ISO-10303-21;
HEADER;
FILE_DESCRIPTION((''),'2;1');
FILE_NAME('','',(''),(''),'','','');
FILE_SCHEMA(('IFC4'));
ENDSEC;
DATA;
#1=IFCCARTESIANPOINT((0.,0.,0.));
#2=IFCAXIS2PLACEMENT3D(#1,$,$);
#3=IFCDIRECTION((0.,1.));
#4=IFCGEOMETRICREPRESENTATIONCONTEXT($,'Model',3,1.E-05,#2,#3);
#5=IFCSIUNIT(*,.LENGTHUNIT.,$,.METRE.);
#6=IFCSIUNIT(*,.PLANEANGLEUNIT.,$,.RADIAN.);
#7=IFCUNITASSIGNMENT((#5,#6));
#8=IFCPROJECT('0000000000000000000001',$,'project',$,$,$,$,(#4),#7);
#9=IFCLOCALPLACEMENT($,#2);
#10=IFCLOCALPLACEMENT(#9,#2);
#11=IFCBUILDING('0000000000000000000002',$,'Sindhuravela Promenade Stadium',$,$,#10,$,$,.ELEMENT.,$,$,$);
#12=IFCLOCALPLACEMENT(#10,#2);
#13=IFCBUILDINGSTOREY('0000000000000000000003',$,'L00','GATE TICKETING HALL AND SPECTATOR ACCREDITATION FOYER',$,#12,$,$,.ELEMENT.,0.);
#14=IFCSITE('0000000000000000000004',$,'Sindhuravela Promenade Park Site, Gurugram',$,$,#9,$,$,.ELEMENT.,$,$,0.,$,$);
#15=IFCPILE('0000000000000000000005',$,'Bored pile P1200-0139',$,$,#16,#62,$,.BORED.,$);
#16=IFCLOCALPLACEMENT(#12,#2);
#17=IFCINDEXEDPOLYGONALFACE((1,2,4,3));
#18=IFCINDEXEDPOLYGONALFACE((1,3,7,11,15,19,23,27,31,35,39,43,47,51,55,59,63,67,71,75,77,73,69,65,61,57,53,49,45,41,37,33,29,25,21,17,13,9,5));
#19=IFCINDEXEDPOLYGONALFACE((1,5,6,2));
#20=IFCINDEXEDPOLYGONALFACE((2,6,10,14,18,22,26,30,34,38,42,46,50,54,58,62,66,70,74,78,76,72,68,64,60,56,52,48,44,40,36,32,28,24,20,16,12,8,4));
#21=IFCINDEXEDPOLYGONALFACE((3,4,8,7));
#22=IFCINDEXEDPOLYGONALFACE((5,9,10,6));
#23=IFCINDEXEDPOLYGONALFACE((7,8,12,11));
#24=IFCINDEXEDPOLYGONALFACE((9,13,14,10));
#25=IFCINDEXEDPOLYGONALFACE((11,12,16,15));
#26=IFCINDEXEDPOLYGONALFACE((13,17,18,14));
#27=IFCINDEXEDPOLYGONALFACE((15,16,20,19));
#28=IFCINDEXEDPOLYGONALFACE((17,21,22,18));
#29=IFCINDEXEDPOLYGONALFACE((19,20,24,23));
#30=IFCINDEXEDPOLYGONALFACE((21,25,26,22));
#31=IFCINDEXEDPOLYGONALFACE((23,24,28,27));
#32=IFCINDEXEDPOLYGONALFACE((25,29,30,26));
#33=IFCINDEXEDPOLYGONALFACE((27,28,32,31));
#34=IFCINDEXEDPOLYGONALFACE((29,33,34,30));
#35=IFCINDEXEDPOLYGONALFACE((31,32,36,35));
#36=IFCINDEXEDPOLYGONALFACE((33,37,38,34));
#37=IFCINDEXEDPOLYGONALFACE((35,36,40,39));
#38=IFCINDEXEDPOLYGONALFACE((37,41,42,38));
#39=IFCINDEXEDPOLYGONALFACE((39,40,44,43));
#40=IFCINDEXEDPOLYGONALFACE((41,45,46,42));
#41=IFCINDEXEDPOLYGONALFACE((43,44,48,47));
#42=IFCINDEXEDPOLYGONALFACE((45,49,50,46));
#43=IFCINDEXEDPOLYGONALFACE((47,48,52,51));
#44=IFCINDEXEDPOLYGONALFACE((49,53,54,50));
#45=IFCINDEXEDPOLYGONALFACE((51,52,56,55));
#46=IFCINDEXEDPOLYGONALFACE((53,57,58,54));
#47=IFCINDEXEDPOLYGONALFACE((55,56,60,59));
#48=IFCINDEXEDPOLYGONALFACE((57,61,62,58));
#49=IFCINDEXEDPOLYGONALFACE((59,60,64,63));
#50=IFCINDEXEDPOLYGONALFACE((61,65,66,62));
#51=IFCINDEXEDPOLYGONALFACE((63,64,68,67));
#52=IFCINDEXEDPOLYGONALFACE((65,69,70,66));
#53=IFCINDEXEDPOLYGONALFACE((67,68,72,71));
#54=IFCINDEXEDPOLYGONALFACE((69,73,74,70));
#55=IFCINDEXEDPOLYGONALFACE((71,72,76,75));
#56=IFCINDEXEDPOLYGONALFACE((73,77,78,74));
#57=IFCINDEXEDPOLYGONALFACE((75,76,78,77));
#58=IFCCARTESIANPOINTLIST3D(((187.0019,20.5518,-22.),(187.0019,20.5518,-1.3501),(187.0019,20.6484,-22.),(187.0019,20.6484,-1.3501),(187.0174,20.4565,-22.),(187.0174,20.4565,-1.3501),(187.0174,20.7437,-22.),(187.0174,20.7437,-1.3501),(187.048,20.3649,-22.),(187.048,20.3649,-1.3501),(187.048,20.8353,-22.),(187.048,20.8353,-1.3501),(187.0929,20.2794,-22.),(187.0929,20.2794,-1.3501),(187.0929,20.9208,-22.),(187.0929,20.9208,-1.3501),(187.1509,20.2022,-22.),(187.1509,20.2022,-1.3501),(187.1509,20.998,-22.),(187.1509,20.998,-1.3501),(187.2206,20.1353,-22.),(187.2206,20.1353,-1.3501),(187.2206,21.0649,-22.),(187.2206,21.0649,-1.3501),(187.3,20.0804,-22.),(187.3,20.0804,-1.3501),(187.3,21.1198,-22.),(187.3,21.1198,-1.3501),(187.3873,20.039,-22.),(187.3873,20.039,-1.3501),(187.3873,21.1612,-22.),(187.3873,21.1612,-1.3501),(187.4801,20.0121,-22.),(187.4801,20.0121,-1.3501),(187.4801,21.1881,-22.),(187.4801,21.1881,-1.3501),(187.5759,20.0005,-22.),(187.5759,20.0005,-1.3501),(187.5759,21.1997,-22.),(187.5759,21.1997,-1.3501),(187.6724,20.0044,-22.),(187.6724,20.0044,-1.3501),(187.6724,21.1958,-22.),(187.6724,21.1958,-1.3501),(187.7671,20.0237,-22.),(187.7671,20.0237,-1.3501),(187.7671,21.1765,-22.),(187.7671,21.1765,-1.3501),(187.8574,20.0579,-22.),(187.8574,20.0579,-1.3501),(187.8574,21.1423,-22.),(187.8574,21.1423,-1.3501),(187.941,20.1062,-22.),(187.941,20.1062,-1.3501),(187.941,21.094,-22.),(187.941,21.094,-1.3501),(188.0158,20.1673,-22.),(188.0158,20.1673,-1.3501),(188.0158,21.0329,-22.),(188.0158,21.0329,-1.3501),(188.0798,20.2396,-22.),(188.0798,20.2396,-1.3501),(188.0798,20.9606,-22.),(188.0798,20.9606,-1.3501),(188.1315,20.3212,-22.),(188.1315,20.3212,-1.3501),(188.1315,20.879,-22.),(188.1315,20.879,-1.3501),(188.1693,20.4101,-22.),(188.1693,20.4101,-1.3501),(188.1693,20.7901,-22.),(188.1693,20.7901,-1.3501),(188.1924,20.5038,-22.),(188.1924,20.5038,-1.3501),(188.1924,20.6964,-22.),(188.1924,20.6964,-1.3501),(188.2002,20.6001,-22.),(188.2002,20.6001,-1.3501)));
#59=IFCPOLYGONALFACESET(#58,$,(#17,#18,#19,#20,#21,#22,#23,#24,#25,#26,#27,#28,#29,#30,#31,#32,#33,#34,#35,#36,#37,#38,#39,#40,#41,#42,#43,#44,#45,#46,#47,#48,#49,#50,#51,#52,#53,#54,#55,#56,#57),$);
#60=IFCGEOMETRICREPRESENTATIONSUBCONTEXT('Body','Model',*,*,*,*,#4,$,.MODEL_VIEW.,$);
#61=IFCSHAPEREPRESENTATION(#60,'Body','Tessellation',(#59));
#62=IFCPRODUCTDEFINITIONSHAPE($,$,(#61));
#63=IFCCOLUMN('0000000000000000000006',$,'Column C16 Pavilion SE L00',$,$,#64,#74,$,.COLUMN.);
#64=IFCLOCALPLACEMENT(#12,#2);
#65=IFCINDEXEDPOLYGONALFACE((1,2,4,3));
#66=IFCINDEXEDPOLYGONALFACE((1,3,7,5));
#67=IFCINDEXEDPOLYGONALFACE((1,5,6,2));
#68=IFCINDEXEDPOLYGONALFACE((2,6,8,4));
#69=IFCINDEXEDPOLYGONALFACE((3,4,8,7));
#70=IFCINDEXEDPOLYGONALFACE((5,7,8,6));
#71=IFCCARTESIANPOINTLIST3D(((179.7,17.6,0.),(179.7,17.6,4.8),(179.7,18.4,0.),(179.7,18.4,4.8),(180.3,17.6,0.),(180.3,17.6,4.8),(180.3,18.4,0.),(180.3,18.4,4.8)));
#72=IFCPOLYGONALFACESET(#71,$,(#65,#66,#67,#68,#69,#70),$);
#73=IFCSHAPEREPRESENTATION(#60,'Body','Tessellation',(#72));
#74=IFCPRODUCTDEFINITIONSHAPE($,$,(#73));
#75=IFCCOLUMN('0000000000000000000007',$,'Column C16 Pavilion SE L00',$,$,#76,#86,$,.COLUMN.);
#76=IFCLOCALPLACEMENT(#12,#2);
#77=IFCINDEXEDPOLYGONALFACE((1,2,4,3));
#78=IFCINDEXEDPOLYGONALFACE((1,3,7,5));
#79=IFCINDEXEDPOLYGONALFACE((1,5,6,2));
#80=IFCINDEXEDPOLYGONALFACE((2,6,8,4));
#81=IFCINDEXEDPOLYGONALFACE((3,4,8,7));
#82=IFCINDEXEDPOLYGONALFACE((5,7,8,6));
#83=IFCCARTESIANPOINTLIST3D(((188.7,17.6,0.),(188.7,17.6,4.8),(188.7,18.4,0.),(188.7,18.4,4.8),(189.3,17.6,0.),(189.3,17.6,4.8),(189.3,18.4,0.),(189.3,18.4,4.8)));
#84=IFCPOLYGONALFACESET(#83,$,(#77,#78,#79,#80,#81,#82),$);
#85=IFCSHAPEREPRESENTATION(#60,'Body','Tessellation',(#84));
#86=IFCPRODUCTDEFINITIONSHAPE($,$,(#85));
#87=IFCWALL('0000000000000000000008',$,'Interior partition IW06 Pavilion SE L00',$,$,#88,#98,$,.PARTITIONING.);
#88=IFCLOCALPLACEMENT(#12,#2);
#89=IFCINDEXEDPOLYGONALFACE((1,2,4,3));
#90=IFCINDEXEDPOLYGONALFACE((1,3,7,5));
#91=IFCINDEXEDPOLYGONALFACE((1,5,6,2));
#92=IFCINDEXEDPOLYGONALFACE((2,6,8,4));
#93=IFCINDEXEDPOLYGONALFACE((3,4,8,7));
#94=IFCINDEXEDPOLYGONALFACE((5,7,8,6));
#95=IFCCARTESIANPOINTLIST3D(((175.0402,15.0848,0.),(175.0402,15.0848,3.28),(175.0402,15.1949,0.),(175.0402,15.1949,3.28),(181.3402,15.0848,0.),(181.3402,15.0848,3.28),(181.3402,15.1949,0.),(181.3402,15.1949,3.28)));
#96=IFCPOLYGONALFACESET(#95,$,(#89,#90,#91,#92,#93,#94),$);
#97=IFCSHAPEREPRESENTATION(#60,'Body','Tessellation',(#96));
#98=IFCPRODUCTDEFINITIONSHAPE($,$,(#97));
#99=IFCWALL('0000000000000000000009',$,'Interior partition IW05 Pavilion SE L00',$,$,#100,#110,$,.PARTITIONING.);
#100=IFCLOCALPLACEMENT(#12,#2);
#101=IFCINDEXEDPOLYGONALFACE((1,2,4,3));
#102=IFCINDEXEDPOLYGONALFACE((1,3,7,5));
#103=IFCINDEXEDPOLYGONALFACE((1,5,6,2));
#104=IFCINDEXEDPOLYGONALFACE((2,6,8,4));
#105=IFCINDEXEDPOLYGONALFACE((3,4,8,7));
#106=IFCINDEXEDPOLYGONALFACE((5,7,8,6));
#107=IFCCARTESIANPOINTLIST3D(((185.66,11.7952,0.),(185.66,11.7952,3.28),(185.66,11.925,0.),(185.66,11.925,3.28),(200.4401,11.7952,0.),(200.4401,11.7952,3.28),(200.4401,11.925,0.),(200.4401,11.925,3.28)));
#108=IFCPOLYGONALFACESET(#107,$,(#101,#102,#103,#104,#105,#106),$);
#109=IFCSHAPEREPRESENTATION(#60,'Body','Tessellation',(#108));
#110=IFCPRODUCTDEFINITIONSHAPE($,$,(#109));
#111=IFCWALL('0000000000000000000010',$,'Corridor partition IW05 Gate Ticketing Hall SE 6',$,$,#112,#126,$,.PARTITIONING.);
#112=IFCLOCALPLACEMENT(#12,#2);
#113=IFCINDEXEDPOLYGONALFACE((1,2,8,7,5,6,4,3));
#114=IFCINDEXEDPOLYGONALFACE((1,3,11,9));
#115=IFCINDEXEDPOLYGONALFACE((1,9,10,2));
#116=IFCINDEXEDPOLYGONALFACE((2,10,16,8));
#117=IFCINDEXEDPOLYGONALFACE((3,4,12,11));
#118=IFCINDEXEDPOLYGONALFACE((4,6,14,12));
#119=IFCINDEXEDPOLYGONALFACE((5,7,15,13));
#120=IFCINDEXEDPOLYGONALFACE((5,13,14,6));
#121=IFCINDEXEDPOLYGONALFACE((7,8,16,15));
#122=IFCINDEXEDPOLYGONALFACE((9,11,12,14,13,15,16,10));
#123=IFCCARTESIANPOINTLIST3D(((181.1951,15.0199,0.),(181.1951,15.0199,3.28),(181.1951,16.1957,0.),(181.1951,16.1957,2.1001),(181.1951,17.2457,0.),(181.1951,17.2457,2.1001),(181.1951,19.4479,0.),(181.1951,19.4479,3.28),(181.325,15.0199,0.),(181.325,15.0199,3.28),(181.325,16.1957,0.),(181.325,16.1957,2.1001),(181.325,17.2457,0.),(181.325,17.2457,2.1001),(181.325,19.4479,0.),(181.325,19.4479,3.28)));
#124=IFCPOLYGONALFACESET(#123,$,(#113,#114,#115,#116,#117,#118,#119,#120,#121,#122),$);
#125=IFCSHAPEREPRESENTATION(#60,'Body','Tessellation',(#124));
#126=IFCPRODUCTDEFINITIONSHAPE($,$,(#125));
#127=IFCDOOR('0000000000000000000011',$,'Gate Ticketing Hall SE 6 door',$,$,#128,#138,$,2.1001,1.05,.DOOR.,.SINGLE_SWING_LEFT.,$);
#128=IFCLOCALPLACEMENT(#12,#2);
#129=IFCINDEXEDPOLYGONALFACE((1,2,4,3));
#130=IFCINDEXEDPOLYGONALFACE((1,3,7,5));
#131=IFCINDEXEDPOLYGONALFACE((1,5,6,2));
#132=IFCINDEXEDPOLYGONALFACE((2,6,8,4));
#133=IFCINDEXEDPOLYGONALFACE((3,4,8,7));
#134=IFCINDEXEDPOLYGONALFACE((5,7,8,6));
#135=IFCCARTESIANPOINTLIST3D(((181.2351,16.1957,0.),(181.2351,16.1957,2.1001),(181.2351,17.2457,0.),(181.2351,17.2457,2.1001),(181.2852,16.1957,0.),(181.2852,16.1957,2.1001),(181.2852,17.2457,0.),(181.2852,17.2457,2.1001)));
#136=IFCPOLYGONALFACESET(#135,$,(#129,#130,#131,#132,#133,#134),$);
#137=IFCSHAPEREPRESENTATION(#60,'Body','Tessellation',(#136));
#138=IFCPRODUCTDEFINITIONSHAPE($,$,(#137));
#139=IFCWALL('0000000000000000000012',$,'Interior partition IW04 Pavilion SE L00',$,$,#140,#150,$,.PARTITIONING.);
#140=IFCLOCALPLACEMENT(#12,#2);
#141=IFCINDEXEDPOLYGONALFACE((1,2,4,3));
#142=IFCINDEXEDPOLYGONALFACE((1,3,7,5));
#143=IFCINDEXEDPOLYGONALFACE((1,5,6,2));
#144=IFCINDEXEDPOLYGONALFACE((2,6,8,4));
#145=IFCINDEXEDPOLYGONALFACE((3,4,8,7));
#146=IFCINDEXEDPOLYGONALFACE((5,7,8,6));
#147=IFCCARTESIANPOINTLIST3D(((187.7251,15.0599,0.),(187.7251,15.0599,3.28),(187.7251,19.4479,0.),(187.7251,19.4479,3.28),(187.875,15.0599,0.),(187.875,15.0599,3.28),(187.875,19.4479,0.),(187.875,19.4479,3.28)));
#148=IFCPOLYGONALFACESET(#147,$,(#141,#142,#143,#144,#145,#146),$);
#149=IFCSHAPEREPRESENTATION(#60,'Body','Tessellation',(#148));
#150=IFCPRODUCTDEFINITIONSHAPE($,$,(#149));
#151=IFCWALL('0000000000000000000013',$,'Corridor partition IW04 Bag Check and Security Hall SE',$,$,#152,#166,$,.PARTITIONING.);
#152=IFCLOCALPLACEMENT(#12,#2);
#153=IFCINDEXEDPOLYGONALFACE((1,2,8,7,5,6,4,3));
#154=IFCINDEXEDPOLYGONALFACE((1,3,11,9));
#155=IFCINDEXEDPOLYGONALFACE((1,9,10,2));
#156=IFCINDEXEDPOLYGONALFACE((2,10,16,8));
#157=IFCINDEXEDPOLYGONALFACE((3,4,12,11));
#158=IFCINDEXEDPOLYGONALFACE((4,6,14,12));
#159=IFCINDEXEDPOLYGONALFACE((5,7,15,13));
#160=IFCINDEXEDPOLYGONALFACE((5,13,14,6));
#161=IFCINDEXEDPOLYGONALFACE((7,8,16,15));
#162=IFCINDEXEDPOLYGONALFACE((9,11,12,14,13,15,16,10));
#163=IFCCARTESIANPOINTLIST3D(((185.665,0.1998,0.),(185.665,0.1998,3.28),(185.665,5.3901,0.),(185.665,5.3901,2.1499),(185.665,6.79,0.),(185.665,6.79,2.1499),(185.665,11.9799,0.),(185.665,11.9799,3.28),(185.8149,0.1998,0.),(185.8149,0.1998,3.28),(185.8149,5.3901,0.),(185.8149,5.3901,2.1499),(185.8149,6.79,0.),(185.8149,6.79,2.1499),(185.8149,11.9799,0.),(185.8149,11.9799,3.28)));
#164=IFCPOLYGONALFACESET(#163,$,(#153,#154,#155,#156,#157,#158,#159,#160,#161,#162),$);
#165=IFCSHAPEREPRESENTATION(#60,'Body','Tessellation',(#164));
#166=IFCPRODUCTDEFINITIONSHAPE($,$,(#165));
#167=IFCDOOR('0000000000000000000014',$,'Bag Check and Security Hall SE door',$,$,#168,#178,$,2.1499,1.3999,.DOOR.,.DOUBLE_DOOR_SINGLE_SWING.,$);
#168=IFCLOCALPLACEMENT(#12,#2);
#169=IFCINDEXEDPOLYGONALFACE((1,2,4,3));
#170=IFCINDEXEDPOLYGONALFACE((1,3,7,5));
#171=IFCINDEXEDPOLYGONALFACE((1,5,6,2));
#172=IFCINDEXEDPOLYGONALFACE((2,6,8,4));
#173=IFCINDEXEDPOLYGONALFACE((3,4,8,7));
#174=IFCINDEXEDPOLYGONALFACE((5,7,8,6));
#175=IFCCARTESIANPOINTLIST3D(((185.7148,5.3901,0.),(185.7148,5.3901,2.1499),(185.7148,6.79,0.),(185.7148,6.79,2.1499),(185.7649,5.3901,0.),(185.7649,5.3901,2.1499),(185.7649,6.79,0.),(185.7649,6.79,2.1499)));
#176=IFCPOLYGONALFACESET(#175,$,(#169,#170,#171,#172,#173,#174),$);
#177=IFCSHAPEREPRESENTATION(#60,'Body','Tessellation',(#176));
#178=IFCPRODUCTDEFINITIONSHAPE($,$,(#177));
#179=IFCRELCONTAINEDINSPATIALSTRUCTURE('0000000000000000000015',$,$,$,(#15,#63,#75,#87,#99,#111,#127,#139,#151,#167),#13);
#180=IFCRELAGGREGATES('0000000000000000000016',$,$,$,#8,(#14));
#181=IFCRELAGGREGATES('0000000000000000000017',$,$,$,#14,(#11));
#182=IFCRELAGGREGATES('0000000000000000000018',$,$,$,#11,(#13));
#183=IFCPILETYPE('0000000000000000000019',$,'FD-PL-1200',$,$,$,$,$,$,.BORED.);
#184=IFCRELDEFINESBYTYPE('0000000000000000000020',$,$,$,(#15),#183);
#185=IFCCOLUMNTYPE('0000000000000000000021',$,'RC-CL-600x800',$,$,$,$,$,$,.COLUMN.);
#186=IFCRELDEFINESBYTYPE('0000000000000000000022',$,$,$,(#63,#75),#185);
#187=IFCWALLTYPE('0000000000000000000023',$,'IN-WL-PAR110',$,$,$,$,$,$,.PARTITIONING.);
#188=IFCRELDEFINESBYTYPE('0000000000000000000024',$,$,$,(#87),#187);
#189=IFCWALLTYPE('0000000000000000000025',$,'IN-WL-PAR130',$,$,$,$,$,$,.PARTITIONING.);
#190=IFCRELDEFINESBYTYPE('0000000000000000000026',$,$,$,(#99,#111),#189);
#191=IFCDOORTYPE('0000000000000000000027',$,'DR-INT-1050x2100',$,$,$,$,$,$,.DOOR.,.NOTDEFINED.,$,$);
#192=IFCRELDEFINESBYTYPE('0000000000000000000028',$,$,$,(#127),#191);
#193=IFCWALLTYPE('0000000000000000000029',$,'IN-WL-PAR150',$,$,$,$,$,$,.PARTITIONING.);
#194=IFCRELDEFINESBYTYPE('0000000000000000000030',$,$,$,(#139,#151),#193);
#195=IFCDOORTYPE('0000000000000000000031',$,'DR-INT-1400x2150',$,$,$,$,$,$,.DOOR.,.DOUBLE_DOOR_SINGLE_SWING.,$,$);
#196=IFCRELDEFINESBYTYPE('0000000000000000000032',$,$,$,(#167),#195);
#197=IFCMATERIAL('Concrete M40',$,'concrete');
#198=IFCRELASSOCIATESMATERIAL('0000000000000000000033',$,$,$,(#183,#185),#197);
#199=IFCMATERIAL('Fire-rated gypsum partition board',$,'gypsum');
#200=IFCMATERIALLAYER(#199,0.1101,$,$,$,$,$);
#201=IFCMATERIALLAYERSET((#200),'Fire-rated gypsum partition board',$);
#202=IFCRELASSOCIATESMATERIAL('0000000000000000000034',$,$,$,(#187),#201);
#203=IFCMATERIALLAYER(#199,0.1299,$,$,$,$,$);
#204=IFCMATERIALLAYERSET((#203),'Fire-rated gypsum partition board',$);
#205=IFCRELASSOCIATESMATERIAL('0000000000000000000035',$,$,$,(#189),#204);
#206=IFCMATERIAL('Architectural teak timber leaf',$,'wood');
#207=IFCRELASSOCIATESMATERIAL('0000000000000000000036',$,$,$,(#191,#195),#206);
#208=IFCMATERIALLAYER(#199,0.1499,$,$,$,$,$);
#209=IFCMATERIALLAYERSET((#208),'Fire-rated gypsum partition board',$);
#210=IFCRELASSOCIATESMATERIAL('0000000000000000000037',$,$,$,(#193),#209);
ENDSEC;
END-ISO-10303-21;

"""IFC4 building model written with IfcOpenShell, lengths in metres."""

from ifc_helpers import new_model, si_unit, direction, frame, frame_2d, origin, origin_2d, place, context, subcontext, project, spatial, rectangle, circle, extrude, material, layer, layer_set, material_profile, profile_set, type_object, element, fill, save


model = new_model("IFC4")

# Units and contexts
model_context = context("Model", 3, precision=1e-05, world=origin(), true_north=direction((0.0, 1.0)))
body_context = subcontext(model_context, "Body", "Model", "MODEL_VIEW")
ifc_project = project(units=[si_unit("LENGTHUNIT", "METRE"), si_unit("PLANEANGLEUNIT", "RADIAN")], contexts=[model_context])

# Site, building, storey
site_placement = place(None, origin())
site = spatial("IfcSite", under=ifc_project, at=site_placement, Name="Sindhuravela Promenade Park Site, Gurugram", CompositionType="ELEMENT", RefElevation=0.0)
building_placement = place(site_placement, origin())
building = spatial("IfcBuilding", under=site, at=building_placement, Name="Sindhuravela Promenade Stadium", CompositionType="ELEMENT")
storey_placement = place(building_placement, origin())
storey = spatial("IfcBuildingStorey", under=building, at=storey_placement, Name="L00", Description="GATE TICKETING HALL AND SPECTATOR ACCREDITATION FOYER", CompositionType="ELEMENT", Elevation=0.0)

# Pile
ifc_material_1 = material(Name="Concrete M40", Category="concrete")
ifc_material_profile_1 = material_profile(ifc_material_1, circle(Radius=0.6001, at=origin_2d()), Name="BORED PILE D1200")
ifc_profile_set_1 = profile_set([ifc_material_profile_1], Name="Concrete M40")
pile_type = type_object("IfcPileType", Name="FD-PL-1200", PredefinedType="BORED", material=ifc_profile_set_1)
for number, where, z_axis, x_axis, name in (
    (1, (187.6001, 20.6001, -1.3501), (0.0, 0.0, -1.0), (1.0, 0.0, 0.0), "Bored pile P1200-0139"),
):
    element("IfcPile", number, at=place(storey_placement, frame(where, z_axis=z_axis, x_axis=x_axis)), inside=storey, type_object=pile_type, Name=name, PredefinedType="BORED", context=body_context, shape_type="SweptSolid", body=[
        extrude(circle(Radius=0.6001, at=origin_2d()), origin(), (0.0, 0.0, 1.0), 20.6499),
    ])

# Columns
ifc_material_profile_2 = material_profile(ifc_material_1, rectangle(XDim=0.6001, YDim=0.8, at=origin_2d()), Name="RC 600x800")
ifc_profile_set_2 = profile_set([ifc_material_profile_2], Name="Concrete M40")
column_type = type_object("IfcColumnType", Name="RC-CL-600x800", PredefinedType="COLUMN", material=ifc_profile_set_2)
for number, where, z_axis, x_axis, name in (
    (2, (180.0, 18.0, 0.0), (0.0, 0.0, 1.0), (1.0, 0.0, 0.0), "Column C16 Pavilion SE L00"),
    (3, (189.0, 18.0, 0.0), (0.0, 0.0, 1.0), (1.0, 0.0, 0.0), "Column C16 Pavilion SE L00"),
):
    element("IfcColumn", number, at=place(storey_placement, frame(where, z_axis=z_axis, x_axis=x_axis)), inside=storey, type_object=column_type, Name=name, PredefinedType="COLUMN", context=body_context, shape_type="SweptSolid", body=[
        extrude(rectangle(XDim=0.6001, YDim=0.8, at=origin_2d()), origin(), (0.0, 0.0, 1.0), 4.8),
    ])

# Walls
ifc_material_2 = material(Name="Fire-rated gypsum partition board", Category="gypsum")
ifc_layer_1 = layer(ifc_material_2, 0.1101)
ifc_layer_set_1 = layer_set([ifc_layer_1], Name="Fire-rated gypsum partition board")
wall_type_1 = type_object("IfcWallType", Name="IN-WL-PAR110", PredefinedType="PARTITIONING", material=ifc_layer_set_1)
wall_1_placement = place(storey_placement, frame((181.3401, 15.1399, 0.0), z_axis=(0.0, 0.0, 1.0), x_axis=(-1.0, 0.0, 0.0)))
element("IfcWall", 4, at=wall_1_placement, inside=storey, type_object=wall_type_1, Name="Interior partition IW06 Pavilion SE L00", PredefinedType="PARTITIONING", context=body_context, shape_type="SweptSolid", body=[
    extrude(rectangle(XDim=6.3, YDim=0.1101, at=frame_2d((3.1499, 0.0))), origin(), (0.0, 0.0, 1.0), 3.28),
])
ifc_layer_2 = layer(ifc_material_2, 0.1299)
ifc_layer_set_2 = layer_set([ifc_layer_2], Name="Fire-rated gypsum partition board")
wall_type_2 = type_object("IfcWallType", Name="IN-WL-PAR130", PredefinedType="PARTITIONING", material=ifc_layer_set_2)
wall_2_placement = place(storey_placement, frame((185.6599, 11.8601, 0.0), z_axis=(0.0, 0.0, 1.0), x_axis=(1.0, 0.0, 0.0)))
element("IfcWall", 5, at=wall_2_placement, inside=storey, type_object=wall_type_2, Name="Interior partition IW05 Pavilion SE L00", PredefinedType="PARTITIONING", context=body_context, shape_type="SweptSolid", body=[
    extrude(rectangle(XDim=14.78, YDim=0.1299, at=frame_2d((7.3901, 0.0))), origin(), (0.0, 0.0, 1.0), 3.28),
])

# Wall, opening, door
wall_3_placement = place(storey_placement, frame((181.26, 15.02, 0.0), z_axis=(0.0, 0.0, 1.0), x_axis=(0.0, 1.0, 0.0)))
wall_3 = element("IfcWall", 6, at=wall_3_placement, inside=storey, type_object=wall_type_2, Name="Corridor partition IW05 Gate Ticketing Hall SE 6", PredefinedType="PARTITIONING", context=body_context, shape_type="SweptSolid", body=[
    extrude(rectangle(XDim=4.428, YDim=0.1299, at=frame_2d((2.2139, 0.0))), origin(), (0.0, 0.0, 1.0), 3.28),
])
opening_1_placement = place(wall_3_placement, frame((1.1758, 0.0, 0.0)))
opening_1 = element("IfcOpeningElement", 7, at=opening_1_placement, cuts=wall_3, PredefinedType="OPENING", context=body_context, shape_type="SweptSolid", body=[
    extrude(rectangle(XDim=1.05, YDim=2.1001, at=frame_2d((0.5249, 1.05))), frame((0.0, 0.075, 0.0), z_axis=(0.0, -1.0, 0.0), x_axis=(1.0, 0.0, 0.0)), (0.0, 0.0, 1.0), 0.1499),
])
ifc_material_3 = material(Name="Architectural teak timber leaf", Category="wood")
door_type_1 = type_object("IfcDoorType", Name="DR-INT-1050x2100", OperationType="NOTDEFINED", PredefinedType="DOOR", material=ifc_material_3)
door_1_placement = place(opening_1_placement, origin())
door_1 = element("IfcDoor", 8, at=door_1_placement, inside=storey, type_object=door_type_1, Name="Gate Ticketing Hall SE 6 door", OperationType="SINGLE_SWING_LEFT", OverallHeight=2.1001, OverallWidth=1.05, PredefinedType="DOOR", context=body_context, shape_type="SweptSolid", body=[
    extrude(rectangle(XDim=1.05, YDim=2.1001, at=frame_2d((0.5249, 1.05))), frame((0.0, 0.0249, 0.0), z_axis=(0.0, -1.0, 0.0), x_axis=(1.0, 0.0, 0.0)), (0.0, 0.0, 1.0), 0.05),
])
fill(opening_1, door_1)

# Wall
ifc_layer_3 = layer(ifc_material_2, 0.1499)
ifc_layer_set_3 = layer_set([ifc_layer_3], Name="Fire-rated gypsum partition board")
wall_type_3 = type_object("IfcWallType", Name="IN-WL-PAR150", PredefinedType="PARTITIONING", material=ifc_layer_set_3)
wall_4_placement = place(storey_placement, frame((187.8, 15.0601, 0.0), z_axis=(0.0, 0.0, 1.0), x_axis=(0.0, 1.0, 0.0)))
element("IfcWall", 9, at=wall_4_placement, inside=storey, type_object=wall_type_3, Name="Interior partition IW04 Pavilion SE L00", PredefinedType="PARTITIONING", context=body_context, shape_type="SweptSolid", body=[
    extrude(rectangle(XDim=4.3879, YDim=0.1499, at=frame_2d((2.1938, 0.0))), origin(), (0.0, 0.0, 1.0), 3.28),
])

# Wall, opening, door
wall_5_placement = place(storey_placement, frame((185.74, 11.98, 0.0), z_axis=(0.0, 0.0, 1.0), x_axis=(0.0, -1.0, 0.0)))
wall_5 = element("IfcWall", 10, at=wall_5_placement, inside=storey, type_object=wall_type_3, Name="Corridor partition IW04 Bag Check and Security Hall SE", PredefinedType="PARTITIONING", context=body_context, shape_type="SweptSolid", body=[
    extrude(rectangle(XDim=11.78, YDim=0.1499, at=frame_2d((5.8901, 0.0))), origin(), (0.0, 0.0, 1.0), 3.28),
])
opening_2_placement = place(wall_5_placement, frame((5.1899, 0.0, 0.0)))
opening_2 = element("IfcOpeningElement", 11, at=opening_2_placement, cuts=wall_5, PredefinedType="OPENING", context=body_context, shape_type="SweptSolid", body=[
    extrude(rectangle(XDim=1.3999, YDim=2.1499, at=frame_2d((0.7, 1.075))), frame((0.0, 0.085, 0.0), z_axis=(0.0, -1.0, 0.0), x_axis=(1.0, 0.0, 0.0)), (0.0, 0.0, 1.0), 0.1699),
])
door_type_2 = type_object("IfcDoorType", Name="DR-INT-1400x2150", OperationType="DOUBLE_DOOR_SINGLE_SWING", PredefinedType="DOOR", material=ifc_material_3)
door_2_placement = place(opening_2_placement, origin())
door_2 = element("IfcDoor", 12, at=door_2_placement, inside=storey, type_object=door_type_2, Name="Bag Check and Security Hall SE door", OperationType="DOUBLE_DOOR_SINGLE_SWING", OverallHeight=2.1499, OverallWidth=1.3999, PredefinedType="DOOR", context=body_context, shape_type="SweptSolid", body=[
    extrude(rectangle(XDim=1.3999, YDim=2.1499, at=frame_2d((0.7, 1.075))), frame((0.0, 0.0249, 0.0), z_axis=(0.0, -1.0, 0.0), x_axis=(1.0, 0.0, 0.0)), (0.0, 0.0, 1.0), 0.05),
])
fill(opening_2, door_2)

save(model, "model.ifc")
